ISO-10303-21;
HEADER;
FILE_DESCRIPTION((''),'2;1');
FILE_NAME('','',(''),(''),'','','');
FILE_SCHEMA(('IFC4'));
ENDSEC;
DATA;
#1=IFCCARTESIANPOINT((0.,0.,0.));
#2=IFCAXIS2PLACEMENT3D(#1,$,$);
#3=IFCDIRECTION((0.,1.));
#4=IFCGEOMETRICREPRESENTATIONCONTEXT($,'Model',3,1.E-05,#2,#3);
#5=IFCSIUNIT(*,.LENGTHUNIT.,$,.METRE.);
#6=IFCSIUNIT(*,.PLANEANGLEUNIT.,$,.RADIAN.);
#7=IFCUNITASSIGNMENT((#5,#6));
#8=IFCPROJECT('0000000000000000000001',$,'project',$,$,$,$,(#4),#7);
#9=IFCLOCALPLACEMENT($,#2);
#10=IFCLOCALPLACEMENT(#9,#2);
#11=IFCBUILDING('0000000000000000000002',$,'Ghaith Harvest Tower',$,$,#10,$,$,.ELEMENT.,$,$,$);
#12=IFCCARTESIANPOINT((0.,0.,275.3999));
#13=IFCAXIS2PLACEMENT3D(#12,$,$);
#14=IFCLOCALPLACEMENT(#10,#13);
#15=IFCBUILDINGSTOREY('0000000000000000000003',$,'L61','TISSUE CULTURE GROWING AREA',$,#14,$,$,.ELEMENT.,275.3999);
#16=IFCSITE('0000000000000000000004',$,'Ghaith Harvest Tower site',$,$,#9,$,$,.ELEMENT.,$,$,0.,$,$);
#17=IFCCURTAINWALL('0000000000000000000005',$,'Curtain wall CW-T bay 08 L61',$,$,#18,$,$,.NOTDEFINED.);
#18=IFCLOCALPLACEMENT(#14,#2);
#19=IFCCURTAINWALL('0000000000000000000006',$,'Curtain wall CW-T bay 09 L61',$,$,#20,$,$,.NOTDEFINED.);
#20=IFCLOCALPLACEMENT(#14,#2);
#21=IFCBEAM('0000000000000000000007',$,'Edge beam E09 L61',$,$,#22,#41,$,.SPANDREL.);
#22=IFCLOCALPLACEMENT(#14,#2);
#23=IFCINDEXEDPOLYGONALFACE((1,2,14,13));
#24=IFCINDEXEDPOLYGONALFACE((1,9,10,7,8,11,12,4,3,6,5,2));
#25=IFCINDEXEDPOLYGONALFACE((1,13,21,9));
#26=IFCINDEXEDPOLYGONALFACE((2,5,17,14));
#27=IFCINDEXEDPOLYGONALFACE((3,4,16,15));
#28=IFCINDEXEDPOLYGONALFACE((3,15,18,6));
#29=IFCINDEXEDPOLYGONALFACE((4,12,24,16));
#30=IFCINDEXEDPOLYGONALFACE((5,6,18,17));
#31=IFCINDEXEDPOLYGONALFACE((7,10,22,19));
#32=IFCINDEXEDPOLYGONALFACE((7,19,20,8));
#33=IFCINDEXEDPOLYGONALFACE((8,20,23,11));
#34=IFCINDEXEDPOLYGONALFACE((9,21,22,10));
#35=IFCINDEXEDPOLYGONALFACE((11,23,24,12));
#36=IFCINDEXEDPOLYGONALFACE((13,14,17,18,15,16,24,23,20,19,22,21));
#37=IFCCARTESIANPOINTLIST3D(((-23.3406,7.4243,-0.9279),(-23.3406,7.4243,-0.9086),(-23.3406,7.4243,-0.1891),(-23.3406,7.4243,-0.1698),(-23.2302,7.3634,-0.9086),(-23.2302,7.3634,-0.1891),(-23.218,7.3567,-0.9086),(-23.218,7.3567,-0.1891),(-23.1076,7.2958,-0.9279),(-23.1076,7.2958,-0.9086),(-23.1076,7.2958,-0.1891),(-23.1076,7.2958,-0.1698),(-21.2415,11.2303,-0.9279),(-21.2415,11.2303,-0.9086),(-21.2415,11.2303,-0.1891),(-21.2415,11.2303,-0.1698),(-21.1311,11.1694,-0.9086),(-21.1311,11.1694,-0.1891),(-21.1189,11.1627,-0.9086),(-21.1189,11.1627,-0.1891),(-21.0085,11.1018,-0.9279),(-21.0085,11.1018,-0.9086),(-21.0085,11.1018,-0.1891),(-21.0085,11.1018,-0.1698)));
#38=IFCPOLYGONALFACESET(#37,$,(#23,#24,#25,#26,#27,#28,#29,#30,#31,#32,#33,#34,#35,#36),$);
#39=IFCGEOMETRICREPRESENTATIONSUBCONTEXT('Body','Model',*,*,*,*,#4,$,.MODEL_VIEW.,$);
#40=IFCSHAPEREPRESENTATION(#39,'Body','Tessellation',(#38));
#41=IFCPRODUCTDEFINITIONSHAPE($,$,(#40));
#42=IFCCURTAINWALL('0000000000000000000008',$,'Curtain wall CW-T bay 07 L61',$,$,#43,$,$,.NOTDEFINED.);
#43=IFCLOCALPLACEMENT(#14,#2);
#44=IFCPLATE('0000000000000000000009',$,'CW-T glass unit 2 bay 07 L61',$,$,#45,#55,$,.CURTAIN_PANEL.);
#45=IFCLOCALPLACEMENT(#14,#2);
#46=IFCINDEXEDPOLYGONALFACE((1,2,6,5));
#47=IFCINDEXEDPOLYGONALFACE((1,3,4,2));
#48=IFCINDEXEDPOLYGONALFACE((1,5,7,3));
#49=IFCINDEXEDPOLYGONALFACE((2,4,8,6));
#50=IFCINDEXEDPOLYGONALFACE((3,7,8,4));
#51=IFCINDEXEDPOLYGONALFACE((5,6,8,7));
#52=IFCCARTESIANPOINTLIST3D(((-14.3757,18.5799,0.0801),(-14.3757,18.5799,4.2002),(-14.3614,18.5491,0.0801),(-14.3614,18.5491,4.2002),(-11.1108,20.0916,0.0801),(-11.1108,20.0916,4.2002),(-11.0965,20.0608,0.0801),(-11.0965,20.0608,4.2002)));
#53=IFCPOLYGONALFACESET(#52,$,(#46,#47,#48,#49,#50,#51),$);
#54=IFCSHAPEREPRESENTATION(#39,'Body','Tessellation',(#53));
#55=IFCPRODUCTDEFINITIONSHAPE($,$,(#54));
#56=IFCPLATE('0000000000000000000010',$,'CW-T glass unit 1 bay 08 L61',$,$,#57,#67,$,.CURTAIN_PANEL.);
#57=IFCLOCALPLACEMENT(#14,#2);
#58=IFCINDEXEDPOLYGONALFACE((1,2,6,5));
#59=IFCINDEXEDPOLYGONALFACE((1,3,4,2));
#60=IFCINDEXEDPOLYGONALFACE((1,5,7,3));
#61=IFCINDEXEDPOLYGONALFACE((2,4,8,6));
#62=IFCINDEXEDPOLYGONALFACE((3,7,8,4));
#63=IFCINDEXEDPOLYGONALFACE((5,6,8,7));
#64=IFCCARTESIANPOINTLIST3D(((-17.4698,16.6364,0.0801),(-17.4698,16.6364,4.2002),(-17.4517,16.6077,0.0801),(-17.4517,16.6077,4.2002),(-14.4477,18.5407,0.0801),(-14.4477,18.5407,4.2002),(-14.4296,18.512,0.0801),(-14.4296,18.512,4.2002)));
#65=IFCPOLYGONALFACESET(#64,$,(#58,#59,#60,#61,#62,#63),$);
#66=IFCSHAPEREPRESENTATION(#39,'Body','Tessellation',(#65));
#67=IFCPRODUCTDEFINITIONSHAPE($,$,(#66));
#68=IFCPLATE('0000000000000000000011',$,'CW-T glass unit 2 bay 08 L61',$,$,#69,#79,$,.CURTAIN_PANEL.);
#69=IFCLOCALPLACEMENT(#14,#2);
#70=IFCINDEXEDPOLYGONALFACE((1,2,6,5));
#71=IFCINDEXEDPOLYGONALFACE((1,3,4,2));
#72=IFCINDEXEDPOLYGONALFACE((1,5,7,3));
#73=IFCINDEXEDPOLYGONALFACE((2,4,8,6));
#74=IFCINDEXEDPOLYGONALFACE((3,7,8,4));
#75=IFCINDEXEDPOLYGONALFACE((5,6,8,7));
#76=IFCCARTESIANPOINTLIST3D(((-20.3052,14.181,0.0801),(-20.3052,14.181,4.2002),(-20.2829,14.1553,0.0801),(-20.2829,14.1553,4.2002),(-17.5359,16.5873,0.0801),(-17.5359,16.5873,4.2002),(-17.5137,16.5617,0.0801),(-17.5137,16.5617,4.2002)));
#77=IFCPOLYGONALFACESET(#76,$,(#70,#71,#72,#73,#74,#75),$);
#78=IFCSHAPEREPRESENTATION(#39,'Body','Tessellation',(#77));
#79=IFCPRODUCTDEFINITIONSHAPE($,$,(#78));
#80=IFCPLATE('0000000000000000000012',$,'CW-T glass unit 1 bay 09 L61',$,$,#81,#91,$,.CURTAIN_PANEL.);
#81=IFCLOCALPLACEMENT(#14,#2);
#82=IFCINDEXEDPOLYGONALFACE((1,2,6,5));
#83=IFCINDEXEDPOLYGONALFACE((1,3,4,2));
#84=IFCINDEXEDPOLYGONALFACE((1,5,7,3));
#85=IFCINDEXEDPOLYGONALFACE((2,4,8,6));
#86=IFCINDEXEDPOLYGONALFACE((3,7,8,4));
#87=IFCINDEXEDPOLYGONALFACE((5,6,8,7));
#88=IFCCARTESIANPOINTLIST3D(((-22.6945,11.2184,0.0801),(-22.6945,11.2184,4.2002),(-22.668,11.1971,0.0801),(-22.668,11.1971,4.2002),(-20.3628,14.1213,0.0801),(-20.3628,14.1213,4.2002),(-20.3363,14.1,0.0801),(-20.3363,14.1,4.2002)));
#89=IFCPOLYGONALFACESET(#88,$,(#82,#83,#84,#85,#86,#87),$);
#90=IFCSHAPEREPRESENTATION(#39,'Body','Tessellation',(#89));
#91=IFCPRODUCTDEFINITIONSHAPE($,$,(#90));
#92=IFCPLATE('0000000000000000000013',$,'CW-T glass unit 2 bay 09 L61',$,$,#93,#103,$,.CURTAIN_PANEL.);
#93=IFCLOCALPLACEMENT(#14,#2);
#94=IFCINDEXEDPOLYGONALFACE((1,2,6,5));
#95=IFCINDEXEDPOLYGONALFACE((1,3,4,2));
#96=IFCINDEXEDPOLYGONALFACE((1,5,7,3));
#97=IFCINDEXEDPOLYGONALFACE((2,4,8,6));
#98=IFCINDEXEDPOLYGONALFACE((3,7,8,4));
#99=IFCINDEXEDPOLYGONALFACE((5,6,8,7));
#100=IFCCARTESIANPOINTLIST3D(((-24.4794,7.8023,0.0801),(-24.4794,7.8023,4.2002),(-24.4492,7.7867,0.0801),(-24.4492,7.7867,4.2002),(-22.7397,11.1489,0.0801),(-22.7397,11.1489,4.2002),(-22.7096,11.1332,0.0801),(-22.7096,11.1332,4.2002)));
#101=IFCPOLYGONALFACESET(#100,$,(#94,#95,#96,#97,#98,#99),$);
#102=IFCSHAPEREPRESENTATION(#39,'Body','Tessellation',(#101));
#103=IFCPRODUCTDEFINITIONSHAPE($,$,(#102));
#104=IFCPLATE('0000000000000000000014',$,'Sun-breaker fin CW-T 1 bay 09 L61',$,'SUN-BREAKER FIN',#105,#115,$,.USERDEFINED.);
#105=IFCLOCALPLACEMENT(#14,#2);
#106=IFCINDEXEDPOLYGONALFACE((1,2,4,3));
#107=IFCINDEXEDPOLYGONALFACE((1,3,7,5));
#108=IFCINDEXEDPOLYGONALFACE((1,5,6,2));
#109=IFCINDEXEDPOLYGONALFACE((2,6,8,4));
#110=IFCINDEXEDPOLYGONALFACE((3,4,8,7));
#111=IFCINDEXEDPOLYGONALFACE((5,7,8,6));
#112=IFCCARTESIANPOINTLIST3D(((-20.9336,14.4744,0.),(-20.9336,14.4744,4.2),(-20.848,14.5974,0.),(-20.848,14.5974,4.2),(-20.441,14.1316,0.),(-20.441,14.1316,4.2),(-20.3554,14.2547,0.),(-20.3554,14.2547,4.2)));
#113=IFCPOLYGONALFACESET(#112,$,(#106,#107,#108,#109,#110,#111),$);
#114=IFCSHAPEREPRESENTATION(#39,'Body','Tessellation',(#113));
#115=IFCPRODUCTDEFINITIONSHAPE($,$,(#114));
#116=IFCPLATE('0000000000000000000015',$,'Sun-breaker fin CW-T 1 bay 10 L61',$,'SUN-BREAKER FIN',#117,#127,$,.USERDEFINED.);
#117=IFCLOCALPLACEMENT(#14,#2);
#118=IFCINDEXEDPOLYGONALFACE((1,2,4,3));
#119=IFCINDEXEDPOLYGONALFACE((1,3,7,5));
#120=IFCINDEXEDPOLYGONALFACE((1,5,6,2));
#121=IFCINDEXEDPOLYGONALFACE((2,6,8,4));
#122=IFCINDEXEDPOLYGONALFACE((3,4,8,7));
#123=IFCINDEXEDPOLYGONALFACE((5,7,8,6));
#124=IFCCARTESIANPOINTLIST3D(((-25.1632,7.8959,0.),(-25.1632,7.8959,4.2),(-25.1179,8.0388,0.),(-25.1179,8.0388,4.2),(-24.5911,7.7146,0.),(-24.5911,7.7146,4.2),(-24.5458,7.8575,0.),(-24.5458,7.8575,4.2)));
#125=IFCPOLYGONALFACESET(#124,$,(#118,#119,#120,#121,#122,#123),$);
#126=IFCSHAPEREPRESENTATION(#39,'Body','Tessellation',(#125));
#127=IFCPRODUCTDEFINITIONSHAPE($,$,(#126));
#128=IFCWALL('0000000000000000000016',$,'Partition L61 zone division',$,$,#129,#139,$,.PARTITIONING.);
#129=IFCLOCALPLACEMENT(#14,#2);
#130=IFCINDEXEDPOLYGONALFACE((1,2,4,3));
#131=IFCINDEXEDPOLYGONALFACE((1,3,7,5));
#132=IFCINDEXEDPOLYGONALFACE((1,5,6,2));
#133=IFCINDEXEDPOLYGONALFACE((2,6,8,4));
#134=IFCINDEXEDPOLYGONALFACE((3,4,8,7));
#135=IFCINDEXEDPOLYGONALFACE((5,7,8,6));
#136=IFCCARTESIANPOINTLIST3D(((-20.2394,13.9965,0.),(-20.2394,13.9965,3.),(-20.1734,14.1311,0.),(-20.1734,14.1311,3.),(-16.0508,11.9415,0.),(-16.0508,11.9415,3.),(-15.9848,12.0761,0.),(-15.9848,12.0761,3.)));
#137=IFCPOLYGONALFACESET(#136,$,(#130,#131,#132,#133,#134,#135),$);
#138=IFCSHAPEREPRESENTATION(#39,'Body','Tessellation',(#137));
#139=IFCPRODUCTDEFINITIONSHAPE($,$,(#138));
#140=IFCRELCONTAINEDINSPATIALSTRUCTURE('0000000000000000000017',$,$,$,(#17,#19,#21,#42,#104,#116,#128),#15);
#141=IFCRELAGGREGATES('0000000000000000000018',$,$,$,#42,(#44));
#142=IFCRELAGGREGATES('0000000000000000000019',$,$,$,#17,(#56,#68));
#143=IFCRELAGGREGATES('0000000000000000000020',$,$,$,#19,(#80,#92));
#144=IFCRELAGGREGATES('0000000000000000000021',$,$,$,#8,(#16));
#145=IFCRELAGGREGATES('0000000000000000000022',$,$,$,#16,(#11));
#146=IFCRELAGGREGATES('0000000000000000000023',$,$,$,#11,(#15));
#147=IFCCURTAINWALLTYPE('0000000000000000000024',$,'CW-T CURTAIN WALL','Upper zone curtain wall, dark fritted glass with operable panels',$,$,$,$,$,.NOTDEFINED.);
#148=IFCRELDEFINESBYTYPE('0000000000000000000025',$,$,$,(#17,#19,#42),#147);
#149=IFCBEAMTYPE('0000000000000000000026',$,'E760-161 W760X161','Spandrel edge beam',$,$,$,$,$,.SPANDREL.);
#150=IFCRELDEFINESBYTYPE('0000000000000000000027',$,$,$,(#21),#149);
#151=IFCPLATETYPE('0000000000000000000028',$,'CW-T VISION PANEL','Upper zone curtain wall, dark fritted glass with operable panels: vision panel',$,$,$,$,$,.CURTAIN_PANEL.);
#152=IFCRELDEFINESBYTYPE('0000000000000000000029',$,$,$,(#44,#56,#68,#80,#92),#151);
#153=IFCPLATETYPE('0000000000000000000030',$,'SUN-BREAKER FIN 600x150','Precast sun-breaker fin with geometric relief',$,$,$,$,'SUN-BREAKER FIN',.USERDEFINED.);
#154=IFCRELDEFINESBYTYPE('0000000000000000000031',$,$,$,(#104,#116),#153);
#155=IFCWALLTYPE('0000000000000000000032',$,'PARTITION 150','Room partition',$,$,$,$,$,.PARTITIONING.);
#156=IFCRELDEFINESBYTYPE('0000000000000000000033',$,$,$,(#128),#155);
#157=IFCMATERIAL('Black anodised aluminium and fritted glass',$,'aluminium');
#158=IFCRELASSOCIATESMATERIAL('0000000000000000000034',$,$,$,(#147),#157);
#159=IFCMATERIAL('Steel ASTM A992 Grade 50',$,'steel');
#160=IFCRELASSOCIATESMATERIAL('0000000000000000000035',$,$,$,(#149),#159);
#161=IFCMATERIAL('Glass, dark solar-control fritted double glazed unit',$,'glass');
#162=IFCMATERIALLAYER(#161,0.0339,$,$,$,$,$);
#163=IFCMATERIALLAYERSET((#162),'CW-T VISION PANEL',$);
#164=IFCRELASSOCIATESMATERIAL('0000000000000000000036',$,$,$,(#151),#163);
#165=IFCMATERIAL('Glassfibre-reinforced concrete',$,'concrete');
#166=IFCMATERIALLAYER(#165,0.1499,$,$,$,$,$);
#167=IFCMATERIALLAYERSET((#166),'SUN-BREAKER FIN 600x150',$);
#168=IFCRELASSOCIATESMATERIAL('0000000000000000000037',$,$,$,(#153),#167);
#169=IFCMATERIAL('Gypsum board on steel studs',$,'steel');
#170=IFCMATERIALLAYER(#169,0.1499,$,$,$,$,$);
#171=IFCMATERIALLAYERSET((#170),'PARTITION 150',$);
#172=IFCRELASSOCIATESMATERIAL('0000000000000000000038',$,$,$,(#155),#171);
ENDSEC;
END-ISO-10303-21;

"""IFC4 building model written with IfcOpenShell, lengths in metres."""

from ifc_helpers import new_model, si_unit, direction, frame, frame_2d, origin, origin_2d, place, context, subcontext, project, spatial, rectangle, i_section, extrude, material, layer, layer_set, material_profile, profile_set, type_object, element, aggregate, save


model = new_model("IFC4")

# Units and contexts
model_context = context("Model", 3, precision=1e-05, world=origin(), true_north=direction((0.0, 1.0)))
body_context = subcontext(model_context, "Body", "Model", "MODEL_VIEW")
ifc_project = project(units=[si_unit("LENGTHUNIT", "METRE"), si_unit("PLANEANGLEUNIT", "RADIAN")], contexts=[model_context])

# Site, building, storey
site_placement = place(None, origin())
site = spatial("IfcSite", under=ifc_project, at=site_placement, Name="Ghaith Harvest Tower site", CompositionType="ELEMENT", RefElevation=0.0)
building_placement = place(site_placement, origin())
building = spatial("IfcBuilding", under=site, at=building_placement, Name="Ghaith Harvest Tower", CompositionType="ELEMENT")
storey_placement = place(building_placement, frame((0.0, 0.0, 275.3999)))
storey = spatial("IfcBuildingStorey", under=building, at=storey_placement, Name="L61", Description="TISSUE CULTURE GROWING AREA", CompositionType="ELEMENT", Elevation=275.3999)

# Curtain walls
ifc_material_1 = material(Name="Black anodised aluminium and fritted glass", Category="aluminium")
curtain_wall_type = type_object("IfcCurtainWallType", Name="CW-T CURTAIN WALL", Description="Upper zone curtain wall, dark fritted glass with operable panels", PredefinedType="NOTDEFINED", material=ifc_material_1)
curtain_wall_1_placement = place(storey_placement, origin())
curtain_wall_1 = element("IfcCurtainWall", 1, at=curtain_wall_1_placement, inside=storey, type_object=curtain_wall_type, Name="Curtain wall CW-T bay 08 L61", PredefinedType="NOTDEFINED")
curtain_wall_2_placement = place(storey_placement, origin())
curtain_wall_2 = element("IfcCurtainWall", 2, at=curtain_wall_2_placement, inside=storey, type_object=curtain_wall_type, Name="Curtain wall CW-T bay 09 L61", PredefinedType="NOTDEFINED")

# Beam
ifc_material_2 = material(Name="Steel ASTM A992 Grade 50", Category="steel")
ifc_material_profile_1 = material_profile(ifc_material_2, i_section(OverallWidth=0.2661, OverallDepth=0.7581, WebThickness=0.0139, FlangeThickness=0.0193, at=origin_2d()), Name="W760X161")
ifc_profile_set_1 = profile_set([ifc_material_profile_1], Name="Steel ASTM A992 Grade 50")
beam_type = type_object("IfcBeamType", Name="E760-161 W760X161", Description="Spandrel edge beam", PredefinedType="SPANDREL", material=ifc_profile_set_1)
beam_1_placement = place(storey_placement, frame((-21.125, 11.166, -0.5488), z_axis=(-0.482956, -0.875645, 0.0), x_axis=(0.875645, -0.482956, 0.0)))
element("IfcBeam", 3, at=beam_1_placement, inside=storey, type_object=beam_type, Name="Edge beam E09 L61", PredefinedType="SPANDREL", context=body_context, shape_type="SweptSolid", body=[
    extrude(i_section(OverallWidth=0.2661, OverallDepth=0.7581, WebThickness=0.0139, FlangeThickness=0.0193, at=origin_2d()), origin(), (0.0, 0.0, 1.0), 4.3464),
])

# Curtain wall, plate
curtain_wall_3_placement = place(storey_placement, origin())
curtain_wall_3 = element("IfcCurtainWall", 4, at=curtain_wall_3_placement, inside=storey, type_object=curtain_wall_type, Name="Curtain wall CW-T bay 07 L61", PredefinedType="NOTDEFINED")
ifc_material_3 = material(Name="Glass, dark solar-control fritted double glazed unit", Category="glass")
ifc_layer_1 = layer(ifc_material_3, 0.0339)
ifc_layer_set_1 = layer_set([ifc_layer_1], Name="CW-T VISION PANEL")
plate_type_1 = type_object("IfcPlateType", Name="CW-T VISION PANEL", Description="Upper zone curtain wall, dark fritted glass with operable panels: vision panel", PredefinedType="CURTAIN_PANEL", material=ifc_layer_set_1)
plate_1_placement = place(storey_placement, frame((-12.7361, 19.3203, 0.0801), z_axis=(0.0, 0.0, 1.0), x_axis=(-0.90745, -0.42016, 0.0)))
plate_1 = element("IfcPlate", 5, at=plate_1_placement, type_object=plate_type_1, Name="CW-T glass unit 2 bay 07 L61", PredefinedType="CURTAIN_PANEL", context=body_context, shape_type="SweptSolid", body=[
    extrude(rectangle(XDim=3.5979, YDim=0.0339, at=origin_2d()), origin(), (0.0, 0.0, 1.0), 4.1201),
])
aggregate(curtain_wall_3, [plate_1])

# Plates
plate_2_placement = place(storey_placement, frame((-15.9497, 17.5742, 0.0801), z_axis=(0.0, 0.0, 1.0), x_axis=(-0.846043, -0.533114, 0.0)))
plate_2 = element("IfcPlate", 6, at=plate_2_placement, type_object=plate_type_1, Name="CW-T glass unit 1 bay 08 L61", PredefinedType="CURTAIN_PANEL", context=body_context, shape_type="SweptSolid", body=[
    extrude(rectangle(XDim=3.572, YDim=0.0339, at=origin_2d()), origin(), (0.0, 0.0, 1.0), 4.1201),
])
plate_3_placement = place(storey_placement, frame((-18.9094, 15.3713, 0.0801), z_axis=(0.0, 0.0, 1.0), x_axis=(-0.754829, -0.655922, 0.0)))
plate_3 = element("IfcPlate", 7, at=plate_3_placement, type_object=plate_type_1, Name="CW-T glass unit 2 bay 08 L61", PredefinedType="CURTAIN_PANEL", context=body_context, shape_type="SweptSolid", body=[
    extrude(rectangle(XDim=3.6687, YDim=0.0339, at=origin_2d()), origin(), (0.0, 0.0, 1.0), 4.1201),
])
aggregate(curtain_wall_1, [plate_2, plate_3])
plate_4_placement = place(storey_placement, frame((-21.5154, 12.6592, 0.0801), z_axis=(0.0, 0.0, 1.0), x_axis=(-0.62623, -0.779639, 0.0)))
plate_4 = element("IfcPlate", 8, at=plate_4_placement, type_object=plate_type_1, Name="CW-T glass unit 1 bay 09 L61", PredefinedType="CURTAIN_PANEL", context=body_context, shape_type="SweptSolid", body=[
    extrude(rectangle(XDim=3.7234, YDim=0.0339, at=origin_2d()), origin(), (0.0, 0.0, 1.0), 4.1201),
])
plate_5_placement = place(storey_placement, frame((-23.5945, 9.4678, 0.0801), z_axis=(0.0, 0.0, 1.0), x_axis=(-0.46123, -0.887281, 0.0)))
plate_5 = element("IfcPlate", 9, at=plate_5_placement, type_object=plate_type_1, Name="CW-T glass unit 2 bay 09 L61", PredefinedType="CURTAIN_PANEL", context=body_context, shape_type="SweptSolid", body=[
    extrude(rectangle(XDim=3.7717, YDim=0.0339, at=origin_2d()), origin(), (0.0, 0.0, 1.0), 4.1201),
])
aggregate(curtain_wall_2, [plate_4, plate_5])

# Plates
ifc_material_4 = material(Name="Glassfibre-reinforced concrete", Category="concrete")
ifc_layer_2 = layer(ifc_material_4, 0.1499)
ifc_layer_set_2 = layer_set([ifc_layer_2], Name="SUN-BREAKER FIN 600x150")
plate_type_2 = type_object("IfcPlateType", Name="SUN-BREAKER FIN 600x150", Description="Precast sun-breaker fin with geometric relief", ElementType="SUN-BREAKER FIN", PredefinedType="USERDEFINED", material=ifc_layer_set_2)
for number, where, z_axis, x_axis, name in (
    (10, (-20.6445, 14.3645, 0.0), (0.0, 0.0, 1.0), (-0.820845, 0.57115, 0.0), "Sun-breaker fin CW-T 1 bay 09 L61"),
    (11, (-24.8545, 7.8767, 0.0), (0.0, 0.0, 1.0), (-0.953273, 0.30211, 0.0), "Sun-breaker fin CW-T 1 bay 10 L61"),
):
    element("IfcPlate", number, at=place(storey_placement, frame(where, z_axis=z_axis, x_axis=x_axis)), inside=storey, type_object=plate_type_2, Name=name, ObjectType="SUN-BREAKER FIN", PredefinedType="USERDEFINED", context=body_context, shape_type="SweptSolid", body=[
        extrude(rectangle(XDim=0.6001, YDim=0.1499, at=origin_2d()), origin(), (0.0, 0.0, 1.0), 4.2),
    ])

# Wall
ifc_material_5 = material(Name="Gypsum board on steel studs", Category="steel")
ifc_layer_3 = layer(ifc_material_5, 0.1499)
ifc_layer_set_3 = layer_set([ifc_layer_3], Name="PARTITION 150")
wall_type_1 = type_object("IfcWallType", Name="PARTITION 150", Description="Room partition", PredefinedType="PARTITIONING", material=ifc_layer_set_3)
wall_1_placement = place(storey_placement, frame((-16.0178, 12.0088, 0.0), z_axis=(0.0, 0.0, 1.0), x_axis=(-0.897772, 0.440461, 0.0)))
element("IfcWall", 12, at=wall_1_placement, inside=storey, type_object=wall_type_1, Name="Partition L61 zone division", PredefinedType="PARTITIONING", context=body_context, shape_type="SweptSolid", body=[
    extrude(rectangle(XDim=4.6655, YDim=0.1499, at=frame_2d((2.3328, 0.0))), origin(), (0.0, 0.0, 1.0), 3.0),
])

save(model, "model.ifc")
